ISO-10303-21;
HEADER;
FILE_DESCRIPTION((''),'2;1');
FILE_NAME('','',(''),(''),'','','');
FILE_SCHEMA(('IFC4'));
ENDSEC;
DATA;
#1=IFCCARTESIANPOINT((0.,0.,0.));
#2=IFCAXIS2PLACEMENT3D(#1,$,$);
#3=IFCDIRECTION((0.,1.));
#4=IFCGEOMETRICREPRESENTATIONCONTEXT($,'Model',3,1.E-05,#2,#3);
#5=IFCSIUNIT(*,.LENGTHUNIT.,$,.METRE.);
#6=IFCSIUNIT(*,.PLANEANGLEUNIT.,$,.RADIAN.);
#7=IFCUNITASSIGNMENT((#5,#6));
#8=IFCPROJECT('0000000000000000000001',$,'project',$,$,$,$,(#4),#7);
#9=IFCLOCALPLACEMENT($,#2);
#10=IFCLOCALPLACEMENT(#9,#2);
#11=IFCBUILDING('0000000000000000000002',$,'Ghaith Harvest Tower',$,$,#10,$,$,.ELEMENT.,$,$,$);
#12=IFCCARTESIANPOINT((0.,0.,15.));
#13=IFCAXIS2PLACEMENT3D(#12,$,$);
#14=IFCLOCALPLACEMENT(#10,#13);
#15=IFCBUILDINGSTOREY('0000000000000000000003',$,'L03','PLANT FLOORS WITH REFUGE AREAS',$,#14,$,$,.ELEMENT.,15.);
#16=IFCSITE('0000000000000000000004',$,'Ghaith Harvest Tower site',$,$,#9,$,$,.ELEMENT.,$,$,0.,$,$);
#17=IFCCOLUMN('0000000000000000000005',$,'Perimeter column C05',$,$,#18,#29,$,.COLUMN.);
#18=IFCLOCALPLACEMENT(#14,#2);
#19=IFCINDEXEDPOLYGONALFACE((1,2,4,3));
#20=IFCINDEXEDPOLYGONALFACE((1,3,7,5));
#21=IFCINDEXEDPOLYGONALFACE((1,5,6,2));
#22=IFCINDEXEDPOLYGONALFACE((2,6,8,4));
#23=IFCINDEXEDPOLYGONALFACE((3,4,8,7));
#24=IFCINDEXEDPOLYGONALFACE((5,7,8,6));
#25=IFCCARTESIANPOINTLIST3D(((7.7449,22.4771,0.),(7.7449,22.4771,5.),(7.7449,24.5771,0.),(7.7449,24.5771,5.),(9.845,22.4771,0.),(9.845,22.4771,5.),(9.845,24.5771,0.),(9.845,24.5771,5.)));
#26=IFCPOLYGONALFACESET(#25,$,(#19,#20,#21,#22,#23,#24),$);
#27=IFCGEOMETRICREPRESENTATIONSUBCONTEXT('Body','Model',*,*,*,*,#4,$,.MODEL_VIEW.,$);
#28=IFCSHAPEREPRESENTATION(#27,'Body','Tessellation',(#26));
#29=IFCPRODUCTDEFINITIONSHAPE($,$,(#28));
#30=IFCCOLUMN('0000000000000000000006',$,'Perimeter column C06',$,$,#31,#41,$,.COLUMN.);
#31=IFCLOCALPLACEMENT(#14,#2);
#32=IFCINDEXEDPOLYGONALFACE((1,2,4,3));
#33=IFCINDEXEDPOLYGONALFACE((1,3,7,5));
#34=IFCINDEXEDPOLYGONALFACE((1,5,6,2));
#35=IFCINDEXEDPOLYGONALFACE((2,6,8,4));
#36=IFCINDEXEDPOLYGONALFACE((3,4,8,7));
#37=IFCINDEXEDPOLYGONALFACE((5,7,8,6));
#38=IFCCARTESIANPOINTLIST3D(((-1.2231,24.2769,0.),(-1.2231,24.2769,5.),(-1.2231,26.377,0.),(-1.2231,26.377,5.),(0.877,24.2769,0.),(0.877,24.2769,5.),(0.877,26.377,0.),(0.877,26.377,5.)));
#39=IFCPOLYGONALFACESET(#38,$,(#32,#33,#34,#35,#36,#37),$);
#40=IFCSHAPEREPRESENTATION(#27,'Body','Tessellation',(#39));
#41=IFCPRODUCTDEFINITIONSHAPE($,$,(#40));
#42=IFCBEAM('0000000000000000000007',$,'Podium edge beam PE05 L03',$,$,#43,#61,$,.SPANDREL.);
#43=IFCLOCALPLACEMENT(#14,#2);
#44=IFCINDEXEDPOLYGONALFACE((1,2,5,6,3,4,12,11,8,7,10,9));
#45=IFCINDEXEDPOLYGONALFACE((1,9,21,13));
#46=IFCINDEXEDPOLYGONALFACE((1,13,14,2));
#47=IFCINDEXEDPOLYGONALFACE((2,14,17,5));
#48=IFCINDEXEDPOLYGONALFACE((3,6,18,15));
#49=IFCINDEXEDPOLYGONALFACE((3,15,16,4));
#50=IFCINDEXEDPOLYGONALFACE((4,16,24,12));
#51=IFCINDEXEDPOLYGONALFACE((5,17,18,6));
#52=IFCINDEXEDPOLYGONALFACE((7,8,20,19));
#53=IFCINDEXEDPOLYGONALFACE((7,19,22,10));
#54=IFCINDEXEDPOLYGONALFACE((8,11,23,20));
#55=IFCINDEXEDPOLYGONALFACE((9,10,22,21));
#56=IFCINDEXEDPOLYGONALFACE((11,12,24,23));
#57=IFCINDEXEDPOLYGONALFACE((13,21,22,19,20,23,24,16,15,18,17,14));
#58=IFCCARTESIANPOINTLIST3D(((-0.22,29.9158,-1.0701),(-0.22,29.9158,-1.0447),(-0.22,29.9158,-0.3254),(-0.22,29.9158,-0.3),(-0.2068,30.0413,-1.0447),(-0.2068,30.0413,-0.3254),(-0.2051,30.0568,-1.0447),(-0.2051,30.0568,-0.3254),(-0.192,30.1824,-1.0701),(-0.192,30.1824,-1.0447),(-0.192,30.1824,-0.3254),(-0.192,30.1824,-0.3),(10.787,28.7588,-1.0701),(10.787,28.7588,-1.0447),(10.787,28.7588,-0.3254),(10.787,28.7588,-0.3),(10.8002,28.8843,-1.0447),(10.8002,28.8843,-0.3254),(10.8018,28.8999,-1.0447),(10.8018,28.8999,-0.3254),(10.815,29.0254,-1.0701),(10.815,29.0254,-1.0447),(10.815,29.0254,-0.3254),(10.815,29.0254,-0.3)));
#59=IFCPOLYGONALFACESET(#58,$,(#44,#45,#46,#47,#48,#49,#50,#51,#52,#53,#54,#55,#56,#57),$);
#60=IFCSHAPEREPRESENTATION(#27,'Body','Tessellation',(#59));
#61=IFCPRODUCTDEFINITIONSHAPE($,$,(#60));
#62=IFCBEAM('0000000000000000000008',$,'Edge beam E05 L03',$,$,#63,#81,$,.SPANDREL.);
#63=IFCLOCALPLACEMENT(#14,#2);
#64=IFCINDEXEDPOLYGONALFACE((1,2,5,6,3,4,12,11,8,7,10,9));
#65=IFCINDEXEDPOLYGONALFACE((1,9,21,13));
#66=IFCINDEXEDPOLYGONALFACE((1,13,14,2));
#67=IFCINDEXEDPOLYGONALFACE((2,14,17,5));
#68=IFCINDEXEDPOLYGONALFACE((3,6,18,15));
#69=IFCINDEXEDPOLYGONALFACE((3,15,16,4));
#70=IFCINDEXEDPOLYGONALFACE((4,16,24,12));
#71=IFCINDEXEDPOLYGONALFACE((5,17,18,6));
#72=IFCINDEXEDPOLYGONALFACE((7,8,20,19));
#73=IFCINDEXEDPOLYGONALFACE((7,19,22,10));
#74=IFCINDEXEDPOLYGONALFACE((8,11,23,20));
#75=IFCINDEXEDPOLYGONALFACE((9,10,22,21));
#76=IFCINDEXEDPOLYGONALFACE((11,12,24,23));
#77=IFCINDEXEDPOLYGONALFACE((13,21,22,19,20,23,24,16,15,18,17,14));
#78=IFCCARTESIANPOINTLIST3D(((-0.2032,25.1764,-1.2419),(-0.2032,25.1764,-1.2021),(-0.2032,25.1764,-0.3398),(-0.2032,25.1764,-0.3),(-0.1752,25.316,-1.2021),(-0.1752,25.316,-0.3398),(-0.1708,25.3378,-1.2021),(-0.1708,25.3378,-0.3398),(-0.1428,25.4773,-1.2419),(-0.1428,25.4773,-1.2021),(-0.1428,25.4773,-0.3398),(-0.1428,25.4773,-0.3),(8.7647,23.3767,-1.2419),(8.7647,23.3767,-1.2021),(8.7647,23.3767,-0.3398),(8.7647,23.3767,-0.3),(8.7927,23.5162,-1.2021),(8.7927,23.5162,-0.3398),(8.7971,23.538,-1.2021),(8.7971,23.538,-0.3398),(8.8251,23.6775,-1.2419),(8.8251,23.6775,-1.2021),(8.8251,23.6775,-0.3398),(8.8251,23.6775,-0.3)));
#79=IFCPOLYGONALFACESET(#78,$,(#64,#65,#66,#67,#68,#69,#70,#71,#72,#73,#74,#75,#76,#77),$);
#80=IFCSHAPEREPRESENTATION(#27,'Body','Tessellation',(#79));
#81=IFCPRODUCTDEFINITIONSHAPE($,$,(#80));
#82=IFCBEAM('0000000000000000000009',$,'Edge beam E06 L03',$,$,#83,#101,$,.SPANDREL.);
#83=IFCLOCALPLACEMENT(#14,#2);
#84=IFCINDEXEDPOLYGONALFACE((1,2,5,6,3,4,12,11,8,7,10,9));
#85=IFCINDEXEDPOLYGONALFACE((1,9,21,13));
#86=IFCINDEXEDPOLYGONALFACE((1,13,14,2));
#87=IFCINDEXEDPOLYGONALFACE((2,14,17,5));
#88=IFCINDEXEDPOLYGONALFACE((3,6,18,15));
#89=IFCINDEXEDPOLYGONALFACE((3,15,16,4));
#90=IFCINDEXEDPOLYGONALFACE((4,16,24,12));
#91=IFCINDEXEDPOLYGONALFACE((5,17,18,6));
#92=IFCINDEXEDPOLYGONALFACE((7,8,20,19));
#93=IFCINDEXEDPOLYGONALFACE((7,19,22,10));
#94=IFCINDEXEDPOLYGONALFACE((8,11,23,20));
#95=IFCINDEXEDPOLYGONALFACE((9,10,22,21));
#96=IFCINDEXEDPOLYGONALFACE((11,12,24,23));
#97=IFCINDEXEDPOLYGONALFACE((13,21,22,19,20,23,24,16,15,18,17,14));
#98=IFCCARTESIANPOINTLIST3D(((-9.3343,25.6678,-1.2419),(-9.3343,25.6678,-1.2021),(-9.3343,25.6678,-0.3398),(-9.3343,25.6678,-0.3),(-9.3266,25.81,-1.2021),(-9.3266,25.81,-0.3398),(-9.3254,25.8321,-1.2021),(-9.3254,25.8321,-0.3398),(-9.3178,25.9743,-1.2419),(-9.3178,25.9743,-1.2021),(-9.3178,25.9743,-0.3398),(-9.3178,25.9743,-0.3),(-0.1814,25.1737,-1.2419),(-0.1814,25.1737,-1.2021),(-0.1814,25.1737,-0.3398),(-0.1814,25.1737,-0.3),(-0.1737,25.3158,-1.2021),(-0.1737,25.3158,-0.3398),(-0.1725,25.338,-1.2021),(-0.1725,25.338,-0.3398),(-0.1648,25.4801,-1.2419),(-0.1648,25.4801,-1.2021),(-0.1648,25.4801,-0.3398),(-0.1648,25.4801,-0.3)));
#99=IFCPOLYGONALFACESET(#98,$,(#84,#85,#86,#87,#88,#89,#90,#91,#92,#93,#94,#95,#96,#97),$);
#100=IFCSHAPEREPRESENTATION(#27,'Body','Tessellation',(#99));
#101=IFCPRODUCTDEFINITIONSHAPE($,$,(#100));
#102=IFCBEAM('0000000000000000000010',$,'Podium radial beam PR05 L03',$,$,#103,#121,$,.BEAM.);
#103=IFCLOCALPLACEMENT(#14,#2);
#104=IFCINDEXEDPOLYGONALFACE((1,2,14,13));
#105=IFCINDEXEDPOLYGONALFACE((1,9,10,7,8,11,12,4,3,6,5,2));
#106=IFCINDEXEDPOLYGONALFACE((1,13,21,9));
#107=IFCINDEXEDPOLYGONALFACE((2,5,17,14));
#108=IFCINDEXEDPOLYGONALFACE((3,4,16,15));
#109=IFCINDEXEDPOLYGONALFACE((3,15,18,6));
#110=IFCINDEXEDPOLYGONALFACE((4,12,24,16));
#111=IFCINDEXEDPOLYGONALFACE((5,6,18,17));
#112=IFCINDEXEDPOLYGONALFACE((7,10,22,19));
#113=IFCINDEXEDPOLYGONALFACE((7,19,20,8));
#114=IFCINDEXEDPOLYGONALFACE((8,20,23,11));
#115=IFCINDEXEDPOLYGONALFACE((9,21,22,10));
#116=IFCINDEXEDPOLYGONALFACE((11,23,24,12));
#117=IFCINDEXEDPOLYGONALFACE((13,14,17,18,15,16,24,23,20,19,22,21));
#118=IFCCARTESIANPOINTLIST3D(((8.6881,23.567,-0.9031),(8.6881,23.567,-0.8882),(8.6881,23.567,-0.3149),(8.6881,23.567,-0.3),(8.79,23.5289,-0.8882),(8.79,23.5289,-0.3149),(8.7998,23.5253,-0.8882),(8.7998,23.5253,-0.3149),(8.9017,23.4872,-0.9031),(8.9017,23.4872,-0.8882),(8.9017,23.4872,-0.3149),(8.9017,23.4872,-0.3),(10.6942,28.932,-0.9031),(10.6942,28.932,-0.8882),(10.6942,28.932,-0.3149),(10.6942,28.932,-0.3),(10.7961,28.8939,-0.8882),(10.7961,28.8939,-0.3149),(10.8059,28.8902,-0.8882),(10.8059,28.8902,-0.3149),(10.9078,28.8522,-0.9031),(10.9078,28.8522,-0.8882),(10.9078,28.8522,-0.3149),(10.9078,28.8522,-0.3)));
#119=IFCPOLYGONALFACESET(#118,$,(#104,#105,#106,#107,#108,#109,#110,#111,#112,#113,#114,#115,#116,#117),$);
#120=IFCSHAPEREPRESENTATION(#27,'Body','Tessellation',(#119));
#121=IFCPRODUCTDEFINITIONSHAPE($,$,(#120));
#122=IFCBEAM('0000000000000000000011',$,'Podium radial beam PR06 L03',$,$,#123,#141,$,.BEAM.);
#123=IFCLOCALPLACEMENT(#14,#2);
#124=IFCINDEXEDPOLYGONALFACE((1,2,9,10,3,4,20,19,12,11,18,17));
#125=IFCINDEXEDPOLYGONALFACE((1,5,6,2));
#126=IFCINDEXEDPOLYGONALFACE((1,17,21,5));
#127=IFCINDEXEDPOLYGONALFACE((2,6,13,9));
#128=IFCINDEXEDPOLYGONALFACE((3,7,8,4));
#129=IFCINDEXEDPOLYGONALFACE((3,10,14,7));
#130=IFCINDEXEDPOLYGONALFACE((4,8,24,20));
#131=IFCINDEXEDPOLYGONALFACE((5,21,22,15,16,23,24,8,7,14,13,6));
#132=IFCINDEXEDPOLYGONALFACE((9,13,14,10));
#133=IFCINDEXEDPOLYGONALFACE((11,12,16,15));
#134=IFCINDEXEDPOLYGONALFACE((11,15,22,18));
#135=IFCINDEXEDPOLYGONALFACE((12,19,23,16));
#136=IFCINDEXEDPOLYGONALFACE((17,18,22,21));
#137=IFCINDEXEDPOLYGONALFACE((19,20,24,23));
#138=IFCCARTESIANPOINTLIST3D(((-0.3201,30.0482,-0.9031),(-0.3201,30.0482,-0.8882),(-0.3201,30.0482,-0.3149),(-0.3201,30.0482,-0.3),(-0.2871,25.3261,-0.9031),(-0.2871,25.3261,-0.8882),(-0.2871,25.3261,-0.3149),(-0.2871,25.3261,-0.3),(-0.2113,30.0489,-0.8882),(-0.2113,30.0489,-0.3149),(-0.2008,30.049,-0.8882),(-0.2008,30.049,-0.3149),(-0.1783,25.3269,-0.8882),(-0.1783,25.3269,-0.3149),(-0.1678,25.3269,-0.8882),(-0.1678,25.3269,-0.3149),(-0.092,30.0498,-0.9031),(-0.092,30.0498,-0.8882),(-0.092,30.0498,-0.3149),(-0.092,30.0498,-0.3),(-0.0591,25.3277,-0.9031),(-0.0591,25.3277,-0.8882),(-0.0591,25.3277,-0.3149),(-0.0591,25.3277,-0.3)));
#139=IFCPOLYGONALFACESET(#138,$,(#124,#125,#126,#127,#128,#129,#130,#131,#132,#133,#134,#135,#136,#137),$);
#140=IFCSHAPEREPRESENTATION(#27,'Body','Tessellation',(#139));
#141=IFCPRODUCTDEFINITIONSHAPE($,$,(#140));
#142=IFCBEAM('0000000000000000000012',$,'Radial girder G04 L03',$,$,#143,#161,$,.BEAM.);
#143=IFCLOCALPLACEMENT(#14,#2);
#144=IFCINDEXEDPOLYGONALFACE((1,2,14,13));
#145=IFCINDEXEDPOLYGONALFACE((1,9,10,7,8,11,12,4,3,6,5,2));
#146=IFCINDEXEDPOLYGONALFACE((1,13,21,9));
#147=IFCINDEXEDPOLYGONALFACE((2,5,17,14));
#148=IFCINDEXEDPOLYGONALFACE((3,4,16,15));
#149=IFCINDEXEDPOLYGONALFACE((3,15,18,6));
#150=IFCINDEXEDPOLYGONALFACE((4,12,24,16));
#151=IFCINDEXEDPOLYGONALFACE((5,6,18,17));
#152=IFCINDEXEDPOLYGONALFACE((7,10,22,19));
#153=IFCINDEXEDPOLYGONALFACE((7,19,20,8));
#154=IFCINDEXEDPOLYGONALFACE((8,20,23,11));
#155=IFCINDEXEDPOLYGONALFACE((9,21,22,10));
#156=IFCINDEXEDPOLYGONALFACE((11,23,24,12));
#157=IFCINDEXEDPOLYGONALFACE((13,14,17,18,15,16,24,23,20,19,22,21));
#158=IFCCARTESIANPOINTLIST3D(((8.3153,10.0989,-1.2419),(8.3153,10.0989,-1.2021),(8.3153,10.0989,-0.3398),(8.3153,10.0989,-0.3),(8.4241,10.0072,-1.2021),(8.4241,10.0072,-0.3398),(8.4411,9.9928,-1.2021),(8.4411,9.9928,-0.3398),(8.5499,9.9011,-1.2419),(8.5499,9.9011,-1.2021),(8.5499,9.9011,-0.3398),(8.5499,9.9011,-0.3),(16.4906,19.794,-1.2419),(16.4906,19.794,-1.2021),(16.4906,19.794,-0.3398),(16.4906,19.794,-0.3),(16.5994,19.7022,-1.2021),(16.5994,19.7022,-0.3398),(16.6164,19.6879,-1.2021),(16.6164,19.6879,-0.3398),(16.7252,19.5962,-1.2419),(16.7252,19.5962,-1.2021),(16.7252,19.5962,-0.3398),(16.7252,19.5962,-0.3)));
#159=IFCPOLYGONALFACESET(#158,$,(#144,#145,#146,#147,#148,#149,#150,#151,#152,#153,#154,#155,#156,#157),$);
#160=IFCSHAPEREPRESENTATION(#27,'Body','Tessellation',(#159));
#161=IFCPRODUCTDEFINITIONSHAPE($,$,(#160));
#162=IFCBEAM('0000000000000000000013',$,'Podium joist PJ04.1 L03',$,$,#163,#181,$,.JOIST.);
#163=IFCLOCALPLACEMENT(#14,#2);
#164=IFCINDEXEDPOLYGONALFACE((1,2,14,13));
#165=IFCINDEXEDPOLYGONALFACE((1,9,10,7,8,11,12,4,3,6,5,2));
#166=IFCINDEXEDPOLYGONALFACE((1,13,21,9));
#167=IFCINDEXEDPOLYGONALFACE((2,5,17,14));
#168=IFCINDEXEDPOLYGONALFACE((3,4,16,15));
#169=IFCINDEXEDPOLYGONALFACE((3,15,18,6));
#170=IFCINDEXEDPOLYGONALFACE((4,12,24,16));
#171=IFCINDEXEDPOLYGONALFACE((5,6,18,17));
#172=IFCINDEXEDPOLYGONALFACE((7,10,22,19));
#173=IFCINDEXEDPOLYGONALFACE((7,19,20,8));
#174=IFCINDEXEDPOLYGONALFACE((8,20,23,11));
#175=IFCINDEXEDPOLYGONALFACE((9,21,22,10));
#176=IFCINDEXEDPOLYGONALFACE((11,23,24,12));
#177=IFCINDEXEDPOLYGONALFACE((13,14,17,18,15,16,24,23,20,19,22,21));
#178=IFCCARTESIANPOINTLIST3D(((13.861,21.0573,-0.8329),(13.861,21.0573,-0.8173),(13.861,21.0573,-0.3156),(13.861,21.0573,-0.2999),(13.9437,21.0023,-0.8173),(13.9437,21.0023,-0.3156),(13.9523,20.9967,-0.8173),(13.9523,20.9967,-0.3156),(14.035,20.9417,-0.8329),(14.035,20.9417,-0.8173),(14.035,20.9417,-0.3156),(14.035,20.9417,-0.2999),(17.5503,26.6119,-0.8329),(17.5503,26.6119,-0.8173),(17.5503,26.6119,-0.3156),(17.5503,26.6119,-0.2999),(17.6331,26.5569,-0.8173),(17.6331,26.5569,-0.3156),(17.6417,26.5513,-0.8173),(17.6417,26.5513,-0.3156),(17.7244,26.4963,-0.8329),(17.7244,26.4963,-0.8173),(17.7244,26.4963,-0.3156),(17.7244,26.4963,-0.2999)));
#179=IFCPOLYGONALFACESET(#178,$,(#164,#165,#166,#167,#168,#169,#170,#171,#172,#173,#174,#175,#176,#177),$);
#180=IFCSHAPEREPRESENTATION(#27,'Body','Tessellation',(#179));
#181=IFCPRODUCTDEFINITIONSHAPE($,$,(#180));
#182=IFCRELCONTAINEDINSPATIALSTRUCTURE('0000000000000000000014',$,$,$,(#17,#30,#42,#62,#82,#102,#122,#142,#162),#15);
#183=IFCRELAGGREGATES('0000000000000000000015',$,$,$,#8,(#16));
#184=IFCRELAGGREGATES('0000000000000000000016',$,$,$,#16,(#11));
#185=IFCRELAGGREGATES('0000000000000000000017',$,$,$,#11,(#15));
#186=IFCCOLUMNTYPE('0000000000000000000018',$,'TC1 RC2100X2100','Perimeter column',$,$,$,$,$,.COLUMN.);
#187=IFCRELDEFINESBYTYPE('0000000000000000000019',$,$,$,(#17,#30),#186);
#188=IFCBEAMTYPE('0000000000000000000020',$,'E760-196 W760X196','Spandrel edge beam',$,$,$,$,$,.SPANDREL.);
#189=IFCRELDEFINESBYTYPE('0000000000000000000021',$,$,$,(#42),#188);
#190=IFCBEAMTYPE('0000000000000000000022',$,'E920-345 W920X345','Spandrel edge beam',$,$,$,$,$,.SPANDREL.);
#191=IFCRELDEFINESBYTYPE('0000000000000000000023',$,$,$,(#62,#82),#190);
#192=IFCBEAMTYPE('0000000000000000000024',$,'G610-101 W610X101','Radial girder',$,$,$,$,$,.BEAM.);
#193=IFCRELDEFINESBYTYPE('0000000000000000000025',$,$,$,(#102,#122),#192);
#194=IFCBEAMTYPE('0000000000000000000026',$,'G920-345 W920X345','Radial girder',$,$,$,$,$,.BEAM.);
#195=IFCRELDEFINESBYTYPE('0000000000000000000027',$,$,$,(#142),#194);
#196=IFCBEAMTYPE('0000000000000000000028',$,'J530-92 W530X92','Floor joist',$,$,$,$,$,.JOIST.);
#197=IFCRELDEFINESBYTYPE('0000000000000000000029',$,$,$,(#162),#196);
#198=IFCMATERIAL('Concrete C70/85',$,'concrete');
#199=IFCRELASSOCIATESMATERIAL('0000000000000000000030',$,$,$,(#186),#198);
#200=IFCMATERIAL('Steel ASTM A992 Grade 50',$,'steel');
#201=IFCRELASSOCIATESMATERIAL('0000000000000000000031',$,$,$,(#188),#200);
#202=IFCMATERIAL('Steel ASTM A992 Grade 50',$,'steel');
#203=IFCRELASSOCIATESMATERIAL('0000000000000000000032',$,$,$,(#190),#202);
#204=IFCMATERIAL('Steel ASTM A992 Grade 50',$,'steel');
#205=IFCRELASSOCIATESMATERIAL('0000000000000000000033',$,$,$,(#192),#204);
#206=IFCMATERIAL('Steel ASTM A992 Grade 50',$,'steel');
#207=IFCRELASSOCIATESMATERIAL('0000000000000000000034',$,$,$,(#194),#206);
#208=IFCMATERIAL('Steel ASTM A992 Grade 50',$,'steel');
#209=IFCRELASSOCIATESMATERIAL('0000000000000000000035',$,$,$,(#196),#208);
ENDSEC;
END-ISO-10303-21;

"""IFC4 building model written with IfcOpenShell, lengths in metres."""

from ifc_helpers import new_model, si_unit, direction, frame, origin, origin_2d, place, context, subcontext, project, spatial, rectangle, i_section, extrude, material, material_profile, profile_set, type_object, element, save


model = new_model("IFC4")

# Units and contexts
model_context = context("Model", 3, precision=1e-05, world=origin(), true_north=direction((0.0, 1.0)))
body_context = subcontext(model_context, "Body", "Model", "MODEL_VIEW")
ifc_project = project(units=[si_unit("LENGTHUNIT", "METRE"), si_unit("PLANEANGLEUNIT", "RADIAN")], contexts=[model_context])

# Site, building, storey
site_placement = place(None, origin())
site = spatial("IfcSite", under=ifc_project, at=site_placement, Name="Ghaith Harvest Tower site", CompositionType="ELEMENT", RefElevation=0.0)
building_placement = place(site_placement, origin())
building = spatial("IfcBuilding", under=site, at=building_placement, Name="Ghaith Harvest Tower", CompositionType="ELEMENT")
storey_placement = place(building_placement, frame((0.0, 0.0, 15.0)))
storey = spatial("IfcBuildingStorey", under=building, at=storey_placement, Name="L03", Description="PLANT FLOORS WITH REFUGE AREAS", CompositionType="ELEMENT", Elevation=15.0)

# Columns
ifc_material_1 = material(Name="Concrete C70/85", Category="concrete")
ifc_material_profile_1 = material_profile(ifc_material_1, rectangle(XDim=2.1001, YDim=2.1001, at=origin_2d()), Name="RC2100X2100")
ifc_profile_set_1 = profile_set([ifc_material_profile_1], Name="Concrete C70/85")
column_type = type_object("IfcColumnType", Name="TC1 RC2100X2100", Description="Perimeter column", PredefinedType="COLUMN", material=ifc_profile_set_1)
for number, where, z_axis, x_axis, name in (
    (1, (8.7949, 23.5271, 0.0), (0.0, 0.0, 1.0), (1.0, 0.0, 0.0), "Perimeter column C05"),
    (2, (-0.1731, 25.3269, 0.0), (0.0, 0.0, 1.0), (1.0, 0.0, 0.0), "Perimeter column C06"),
):
    element("IfcColumn", number, at=place(storey_placement, frame(where, z_axis=z_axis, x_axis=x_axis)), inside=storey, type_object=column_type, Name=name, PredefinedType="COLUMN", context=body_context, shape_type="SweptSolid", body=[
        extrude(rectangle(XDim=2.1001, YDim=2.1001, at=origin_2d()), origin(), (0.0, 0.0, 1.0), 5.0),
    ])

# Beams
ifc_material_2 = material(Name="Steel ASTM A992 Grade 50", Category="steel")
ifc_material_profile_2 = material_profile(ifc_material_2, i_section(OverallWidth=0.2681, OverallDepth=0.77, WebThickness=0.0156, FlangeThickness=0.0254, at=origin_2d()), Name="W760X196")
ifc_profile_set_2 = profile_set([ifc_material_profile_2], Name="Steel ASTM A992 Grade 50")
beam_type_1 = type_object("IfcBeamType", Name="E760-196 W760X196", Description="Spandrel edge beam", PredefinedType="SPANDREL", material=ifc_profile_set_2)
beam_1_placement = place(storey_placement, frame((10.801, 28.8921, -0.6851), z_axis=(-0.994521, 0.104537, 0.0), x_axis=(-0.104537, -0.994521, 0.0)))
element("IfcBeam", 3, at=beam_1_placement, inside=storey, type_object=beam_type_1, Name="Podium edge beam PE05 L03", PredefinedType="SPANDREL", context=body_context, shape_type="SweptSolid", body=[
    extrude(i_section(OverallWidth=0.2681, OverallDepth=0.77, WebThickness=0.0156, FlangeThickness=0.0254, at=origin_2d()), origin(), (0.0, 0.0, 1.0), 11.0676),
])
ifc_material_3 = material(Name="Steel ASTM A992 Grade 50", Category="steel")
ifc_material_profile_3 = material_profile(ifc_material_3, i_section(OverallWidth=0.3069, OverallDepth=0.9419, WebThickness=0.0222, FlangeThickness=0.0398, at=origin_2d()), Name="W920X345")
ifc_profile_set_3 = profile_set([ifc_material_profile_3], Name="Steel ASTM A992 Grade 50")
beam_type_2 = type_object("IfcBeamType", Name="E920-345 W920X345", Description="Spandrel edge beam", PredefinedType="SPANDREL", material=ifc_profile_set_3)
beam_2_placement = place(storey_placement, frame((8.7949, 23.5271, -0.771), z_axis=(-0.98045, 0.196768, 0.0), x_axis=(-0.196768, -0.98045, 0.0)))
element("IfcBeam", 4, at=beam_2_placement, inside=storey, type_object=beam_type_2, Name="Edge beam E05 L03", PredefinedType="SPANDREL", context=body_context, shape_type="SweptSolid", body=[
    extrude(i_section(OverallWidth=0.3069, OverallDepth=0.9419, WebThickness=0.0222, FlangeThickness=0.0398, at=origin_2d()), origin(), (0.0, 0.0, 1.0), 9.1467),
])
beam_3_placement = place(storey_placement, frame((-0.1731, 25.3269, -0.771), z_axis=(-0.998546, 0.053909, 0.0), x_axis=(-0.053909, -0.998546, 0.0)))
element("IfcBeam", 5, at=beam_3_placement, inside=storey, type_object=beam_type_2, Name="Edge beam E06 L03", PredefinedType="SPANDREL", context=body_context, shape_type="SweptSolid", body=[
    extrude(i_section(OverallWidth=0.3069, OverallDepth=0.9419, WebThickness=0.0222, FlangeThickness=0.0398, at=origin_2d()), origin(), (0.0, 0.0, 1.0), 9.1663),
])
ifc_material_4 = material(Name="Steel ASTM A992 Grade 50", Category="steel")
ifc_material_profile_4 = material_profile(ifc_material_4, i_section(OverallWidth=0.228, OverallDepth=0.603, WebThickness=0.0105, FlangeThickness=0.0149, at=origin_2d()), Name="W610X101")
ifc_profile_set_4 = profile_set([ifc_material_profile_4], Name="Steel ASTM A992 Grade 50")
beam_type_3 = type_object("IfcBeamType", Name="G610-101 W610X101", Description="Radial girder", PredefinedType="BEAM", material=ifc_profile_set_4)
beam_4_placement = place(storey_placement, frame((8.7949, 23.5271, -0.6016), z_axis=(0.35024, 0.93666, 0.0), x_axis=(-0.93666, 0.35024, 0.0)))
element("IfcBeam", 6, at=beam_4_placement, inside=storey, type_object=beam_type_3, Name="Podium radial beam PR05 L03", PredefinedType="BEAM", context=body_context, shape_type="SweptSolid", body=[
    extrude(i_section(OverallWidth=0.228, OverallDepth=0.603, WebThickness=0.0105, FlangeThickness=0.0149, at=origin_2d()), origin(), (0.0, 0.0, 1.0), 5.7278),
])
beam_5_placement = place(storey_placement, frame((-0.1731, 25.3269, -0.6016), z_axis=(-0.006979, 0.999976, 0.0), x_axis=(-0.999976, -0.006979, 0.0)))
element("IfcBeam", 7, at=beam_5_placement, inside=storey, type_object=beam_type_3, Name="Podium radial beam PR06 L03", PredefinedType="BEAM", context=body_context, shape_type="SweptSolid", body=[
    extrude(i_section(OverallWidth=0.228, OverallDepth=0.603, WebThickness=0.0105, FlangeThickness=0.0149, at=origin_2d()), origin(), (0.0, 0.0, 1.0), 4.7222),
])
ifc_material_5 = material(Name="Steel ASTM A992 Grade 50", Category="steel")
ifc_material_profile_5 = material_profile(ifc_material_5, i_section(OverallWidth=0.3069, OverallDepth=0.9419, WebThickness=0.0222, FlangeThickness=0.0398, at=origin_2d()), Name="W920X345")
ifc_profile_set_5 = profile_set([ifc_material_profile_5], Name="Steel ASTM A992 Grade 50")
beam_type_4 = type_object("IfcBeamType", Name="G920-345 W920X345", Description="Radial girder", PredefinedType="BEAM", material=ifc_profile_set_5)
beam_6_placement = place(storey_placement, frame((8.4326, 10.0, -0.771), z_axis=(0.644644, 0.764483, 0.0), x_axis=(-0.764483, 0.644644, 0.0)))
element("IfcBeam", 8, at=beam_6_placement, inside=storey, type_object=beam_type_4, Name="Radial girder G04 L03", PredefinedType="BEAM", context=body_context, shape_type="SweptSolid", body=[
    extrude(i_section(OverallWidth=0.3069, OverallDepth=0.9419, WebThickness=0.0222, FlangeThickness=0.0398, at=origin_2d()), origin(), (0.0, 0.0, 1.0), 12.6819),
])
ifc_material_6 = material(Name="Steel ASTM A992 Grade 50", Category="steel")
ifc_material_profile_6 = material_profile(ifc_material_6, i_section(OverallWidth=0.209, OverallDepth=0.533, WebThickness=0.0103, FlangeThickness=0.0156, at=origin_2d()), Name="W530X92")
ifc_profile_set_6 = profile_set([ifc_material_profile_6], Name="Steel ASTM A992 Grade 50")
beam_type_5 = type_object("IfcBeamType", Name="J530-92 W530X92", Description="Floor joist", PredefinedType="JOIST", material=ifc_profile_set_6)
beam_7_placement = place(storey_placement, frame((13.948, 20.9995, -0.5664), z_axis=(0.55328, 0.832995, 0.0), x_axis=(-0.832995, 0.55328, 0.0)))
element("IfcBeam", 9, at=beam_7_placement, inside=storey, type_object=beam_type_5, Name="Podium joist PJ04.1 L03", PredefinedType="JOIST", context=body_context, shape_type="SweptSolid", body=[
    extrude(i_section(OverallWidth=0.209, OverallDepth=0.533, WebThickness=0.0103, FlangeThickness=0.0156, at=origin_2d()), origin(), (0.0, 0.0, 1.0), 6.6682),
])

save(model, "model.ifc")
